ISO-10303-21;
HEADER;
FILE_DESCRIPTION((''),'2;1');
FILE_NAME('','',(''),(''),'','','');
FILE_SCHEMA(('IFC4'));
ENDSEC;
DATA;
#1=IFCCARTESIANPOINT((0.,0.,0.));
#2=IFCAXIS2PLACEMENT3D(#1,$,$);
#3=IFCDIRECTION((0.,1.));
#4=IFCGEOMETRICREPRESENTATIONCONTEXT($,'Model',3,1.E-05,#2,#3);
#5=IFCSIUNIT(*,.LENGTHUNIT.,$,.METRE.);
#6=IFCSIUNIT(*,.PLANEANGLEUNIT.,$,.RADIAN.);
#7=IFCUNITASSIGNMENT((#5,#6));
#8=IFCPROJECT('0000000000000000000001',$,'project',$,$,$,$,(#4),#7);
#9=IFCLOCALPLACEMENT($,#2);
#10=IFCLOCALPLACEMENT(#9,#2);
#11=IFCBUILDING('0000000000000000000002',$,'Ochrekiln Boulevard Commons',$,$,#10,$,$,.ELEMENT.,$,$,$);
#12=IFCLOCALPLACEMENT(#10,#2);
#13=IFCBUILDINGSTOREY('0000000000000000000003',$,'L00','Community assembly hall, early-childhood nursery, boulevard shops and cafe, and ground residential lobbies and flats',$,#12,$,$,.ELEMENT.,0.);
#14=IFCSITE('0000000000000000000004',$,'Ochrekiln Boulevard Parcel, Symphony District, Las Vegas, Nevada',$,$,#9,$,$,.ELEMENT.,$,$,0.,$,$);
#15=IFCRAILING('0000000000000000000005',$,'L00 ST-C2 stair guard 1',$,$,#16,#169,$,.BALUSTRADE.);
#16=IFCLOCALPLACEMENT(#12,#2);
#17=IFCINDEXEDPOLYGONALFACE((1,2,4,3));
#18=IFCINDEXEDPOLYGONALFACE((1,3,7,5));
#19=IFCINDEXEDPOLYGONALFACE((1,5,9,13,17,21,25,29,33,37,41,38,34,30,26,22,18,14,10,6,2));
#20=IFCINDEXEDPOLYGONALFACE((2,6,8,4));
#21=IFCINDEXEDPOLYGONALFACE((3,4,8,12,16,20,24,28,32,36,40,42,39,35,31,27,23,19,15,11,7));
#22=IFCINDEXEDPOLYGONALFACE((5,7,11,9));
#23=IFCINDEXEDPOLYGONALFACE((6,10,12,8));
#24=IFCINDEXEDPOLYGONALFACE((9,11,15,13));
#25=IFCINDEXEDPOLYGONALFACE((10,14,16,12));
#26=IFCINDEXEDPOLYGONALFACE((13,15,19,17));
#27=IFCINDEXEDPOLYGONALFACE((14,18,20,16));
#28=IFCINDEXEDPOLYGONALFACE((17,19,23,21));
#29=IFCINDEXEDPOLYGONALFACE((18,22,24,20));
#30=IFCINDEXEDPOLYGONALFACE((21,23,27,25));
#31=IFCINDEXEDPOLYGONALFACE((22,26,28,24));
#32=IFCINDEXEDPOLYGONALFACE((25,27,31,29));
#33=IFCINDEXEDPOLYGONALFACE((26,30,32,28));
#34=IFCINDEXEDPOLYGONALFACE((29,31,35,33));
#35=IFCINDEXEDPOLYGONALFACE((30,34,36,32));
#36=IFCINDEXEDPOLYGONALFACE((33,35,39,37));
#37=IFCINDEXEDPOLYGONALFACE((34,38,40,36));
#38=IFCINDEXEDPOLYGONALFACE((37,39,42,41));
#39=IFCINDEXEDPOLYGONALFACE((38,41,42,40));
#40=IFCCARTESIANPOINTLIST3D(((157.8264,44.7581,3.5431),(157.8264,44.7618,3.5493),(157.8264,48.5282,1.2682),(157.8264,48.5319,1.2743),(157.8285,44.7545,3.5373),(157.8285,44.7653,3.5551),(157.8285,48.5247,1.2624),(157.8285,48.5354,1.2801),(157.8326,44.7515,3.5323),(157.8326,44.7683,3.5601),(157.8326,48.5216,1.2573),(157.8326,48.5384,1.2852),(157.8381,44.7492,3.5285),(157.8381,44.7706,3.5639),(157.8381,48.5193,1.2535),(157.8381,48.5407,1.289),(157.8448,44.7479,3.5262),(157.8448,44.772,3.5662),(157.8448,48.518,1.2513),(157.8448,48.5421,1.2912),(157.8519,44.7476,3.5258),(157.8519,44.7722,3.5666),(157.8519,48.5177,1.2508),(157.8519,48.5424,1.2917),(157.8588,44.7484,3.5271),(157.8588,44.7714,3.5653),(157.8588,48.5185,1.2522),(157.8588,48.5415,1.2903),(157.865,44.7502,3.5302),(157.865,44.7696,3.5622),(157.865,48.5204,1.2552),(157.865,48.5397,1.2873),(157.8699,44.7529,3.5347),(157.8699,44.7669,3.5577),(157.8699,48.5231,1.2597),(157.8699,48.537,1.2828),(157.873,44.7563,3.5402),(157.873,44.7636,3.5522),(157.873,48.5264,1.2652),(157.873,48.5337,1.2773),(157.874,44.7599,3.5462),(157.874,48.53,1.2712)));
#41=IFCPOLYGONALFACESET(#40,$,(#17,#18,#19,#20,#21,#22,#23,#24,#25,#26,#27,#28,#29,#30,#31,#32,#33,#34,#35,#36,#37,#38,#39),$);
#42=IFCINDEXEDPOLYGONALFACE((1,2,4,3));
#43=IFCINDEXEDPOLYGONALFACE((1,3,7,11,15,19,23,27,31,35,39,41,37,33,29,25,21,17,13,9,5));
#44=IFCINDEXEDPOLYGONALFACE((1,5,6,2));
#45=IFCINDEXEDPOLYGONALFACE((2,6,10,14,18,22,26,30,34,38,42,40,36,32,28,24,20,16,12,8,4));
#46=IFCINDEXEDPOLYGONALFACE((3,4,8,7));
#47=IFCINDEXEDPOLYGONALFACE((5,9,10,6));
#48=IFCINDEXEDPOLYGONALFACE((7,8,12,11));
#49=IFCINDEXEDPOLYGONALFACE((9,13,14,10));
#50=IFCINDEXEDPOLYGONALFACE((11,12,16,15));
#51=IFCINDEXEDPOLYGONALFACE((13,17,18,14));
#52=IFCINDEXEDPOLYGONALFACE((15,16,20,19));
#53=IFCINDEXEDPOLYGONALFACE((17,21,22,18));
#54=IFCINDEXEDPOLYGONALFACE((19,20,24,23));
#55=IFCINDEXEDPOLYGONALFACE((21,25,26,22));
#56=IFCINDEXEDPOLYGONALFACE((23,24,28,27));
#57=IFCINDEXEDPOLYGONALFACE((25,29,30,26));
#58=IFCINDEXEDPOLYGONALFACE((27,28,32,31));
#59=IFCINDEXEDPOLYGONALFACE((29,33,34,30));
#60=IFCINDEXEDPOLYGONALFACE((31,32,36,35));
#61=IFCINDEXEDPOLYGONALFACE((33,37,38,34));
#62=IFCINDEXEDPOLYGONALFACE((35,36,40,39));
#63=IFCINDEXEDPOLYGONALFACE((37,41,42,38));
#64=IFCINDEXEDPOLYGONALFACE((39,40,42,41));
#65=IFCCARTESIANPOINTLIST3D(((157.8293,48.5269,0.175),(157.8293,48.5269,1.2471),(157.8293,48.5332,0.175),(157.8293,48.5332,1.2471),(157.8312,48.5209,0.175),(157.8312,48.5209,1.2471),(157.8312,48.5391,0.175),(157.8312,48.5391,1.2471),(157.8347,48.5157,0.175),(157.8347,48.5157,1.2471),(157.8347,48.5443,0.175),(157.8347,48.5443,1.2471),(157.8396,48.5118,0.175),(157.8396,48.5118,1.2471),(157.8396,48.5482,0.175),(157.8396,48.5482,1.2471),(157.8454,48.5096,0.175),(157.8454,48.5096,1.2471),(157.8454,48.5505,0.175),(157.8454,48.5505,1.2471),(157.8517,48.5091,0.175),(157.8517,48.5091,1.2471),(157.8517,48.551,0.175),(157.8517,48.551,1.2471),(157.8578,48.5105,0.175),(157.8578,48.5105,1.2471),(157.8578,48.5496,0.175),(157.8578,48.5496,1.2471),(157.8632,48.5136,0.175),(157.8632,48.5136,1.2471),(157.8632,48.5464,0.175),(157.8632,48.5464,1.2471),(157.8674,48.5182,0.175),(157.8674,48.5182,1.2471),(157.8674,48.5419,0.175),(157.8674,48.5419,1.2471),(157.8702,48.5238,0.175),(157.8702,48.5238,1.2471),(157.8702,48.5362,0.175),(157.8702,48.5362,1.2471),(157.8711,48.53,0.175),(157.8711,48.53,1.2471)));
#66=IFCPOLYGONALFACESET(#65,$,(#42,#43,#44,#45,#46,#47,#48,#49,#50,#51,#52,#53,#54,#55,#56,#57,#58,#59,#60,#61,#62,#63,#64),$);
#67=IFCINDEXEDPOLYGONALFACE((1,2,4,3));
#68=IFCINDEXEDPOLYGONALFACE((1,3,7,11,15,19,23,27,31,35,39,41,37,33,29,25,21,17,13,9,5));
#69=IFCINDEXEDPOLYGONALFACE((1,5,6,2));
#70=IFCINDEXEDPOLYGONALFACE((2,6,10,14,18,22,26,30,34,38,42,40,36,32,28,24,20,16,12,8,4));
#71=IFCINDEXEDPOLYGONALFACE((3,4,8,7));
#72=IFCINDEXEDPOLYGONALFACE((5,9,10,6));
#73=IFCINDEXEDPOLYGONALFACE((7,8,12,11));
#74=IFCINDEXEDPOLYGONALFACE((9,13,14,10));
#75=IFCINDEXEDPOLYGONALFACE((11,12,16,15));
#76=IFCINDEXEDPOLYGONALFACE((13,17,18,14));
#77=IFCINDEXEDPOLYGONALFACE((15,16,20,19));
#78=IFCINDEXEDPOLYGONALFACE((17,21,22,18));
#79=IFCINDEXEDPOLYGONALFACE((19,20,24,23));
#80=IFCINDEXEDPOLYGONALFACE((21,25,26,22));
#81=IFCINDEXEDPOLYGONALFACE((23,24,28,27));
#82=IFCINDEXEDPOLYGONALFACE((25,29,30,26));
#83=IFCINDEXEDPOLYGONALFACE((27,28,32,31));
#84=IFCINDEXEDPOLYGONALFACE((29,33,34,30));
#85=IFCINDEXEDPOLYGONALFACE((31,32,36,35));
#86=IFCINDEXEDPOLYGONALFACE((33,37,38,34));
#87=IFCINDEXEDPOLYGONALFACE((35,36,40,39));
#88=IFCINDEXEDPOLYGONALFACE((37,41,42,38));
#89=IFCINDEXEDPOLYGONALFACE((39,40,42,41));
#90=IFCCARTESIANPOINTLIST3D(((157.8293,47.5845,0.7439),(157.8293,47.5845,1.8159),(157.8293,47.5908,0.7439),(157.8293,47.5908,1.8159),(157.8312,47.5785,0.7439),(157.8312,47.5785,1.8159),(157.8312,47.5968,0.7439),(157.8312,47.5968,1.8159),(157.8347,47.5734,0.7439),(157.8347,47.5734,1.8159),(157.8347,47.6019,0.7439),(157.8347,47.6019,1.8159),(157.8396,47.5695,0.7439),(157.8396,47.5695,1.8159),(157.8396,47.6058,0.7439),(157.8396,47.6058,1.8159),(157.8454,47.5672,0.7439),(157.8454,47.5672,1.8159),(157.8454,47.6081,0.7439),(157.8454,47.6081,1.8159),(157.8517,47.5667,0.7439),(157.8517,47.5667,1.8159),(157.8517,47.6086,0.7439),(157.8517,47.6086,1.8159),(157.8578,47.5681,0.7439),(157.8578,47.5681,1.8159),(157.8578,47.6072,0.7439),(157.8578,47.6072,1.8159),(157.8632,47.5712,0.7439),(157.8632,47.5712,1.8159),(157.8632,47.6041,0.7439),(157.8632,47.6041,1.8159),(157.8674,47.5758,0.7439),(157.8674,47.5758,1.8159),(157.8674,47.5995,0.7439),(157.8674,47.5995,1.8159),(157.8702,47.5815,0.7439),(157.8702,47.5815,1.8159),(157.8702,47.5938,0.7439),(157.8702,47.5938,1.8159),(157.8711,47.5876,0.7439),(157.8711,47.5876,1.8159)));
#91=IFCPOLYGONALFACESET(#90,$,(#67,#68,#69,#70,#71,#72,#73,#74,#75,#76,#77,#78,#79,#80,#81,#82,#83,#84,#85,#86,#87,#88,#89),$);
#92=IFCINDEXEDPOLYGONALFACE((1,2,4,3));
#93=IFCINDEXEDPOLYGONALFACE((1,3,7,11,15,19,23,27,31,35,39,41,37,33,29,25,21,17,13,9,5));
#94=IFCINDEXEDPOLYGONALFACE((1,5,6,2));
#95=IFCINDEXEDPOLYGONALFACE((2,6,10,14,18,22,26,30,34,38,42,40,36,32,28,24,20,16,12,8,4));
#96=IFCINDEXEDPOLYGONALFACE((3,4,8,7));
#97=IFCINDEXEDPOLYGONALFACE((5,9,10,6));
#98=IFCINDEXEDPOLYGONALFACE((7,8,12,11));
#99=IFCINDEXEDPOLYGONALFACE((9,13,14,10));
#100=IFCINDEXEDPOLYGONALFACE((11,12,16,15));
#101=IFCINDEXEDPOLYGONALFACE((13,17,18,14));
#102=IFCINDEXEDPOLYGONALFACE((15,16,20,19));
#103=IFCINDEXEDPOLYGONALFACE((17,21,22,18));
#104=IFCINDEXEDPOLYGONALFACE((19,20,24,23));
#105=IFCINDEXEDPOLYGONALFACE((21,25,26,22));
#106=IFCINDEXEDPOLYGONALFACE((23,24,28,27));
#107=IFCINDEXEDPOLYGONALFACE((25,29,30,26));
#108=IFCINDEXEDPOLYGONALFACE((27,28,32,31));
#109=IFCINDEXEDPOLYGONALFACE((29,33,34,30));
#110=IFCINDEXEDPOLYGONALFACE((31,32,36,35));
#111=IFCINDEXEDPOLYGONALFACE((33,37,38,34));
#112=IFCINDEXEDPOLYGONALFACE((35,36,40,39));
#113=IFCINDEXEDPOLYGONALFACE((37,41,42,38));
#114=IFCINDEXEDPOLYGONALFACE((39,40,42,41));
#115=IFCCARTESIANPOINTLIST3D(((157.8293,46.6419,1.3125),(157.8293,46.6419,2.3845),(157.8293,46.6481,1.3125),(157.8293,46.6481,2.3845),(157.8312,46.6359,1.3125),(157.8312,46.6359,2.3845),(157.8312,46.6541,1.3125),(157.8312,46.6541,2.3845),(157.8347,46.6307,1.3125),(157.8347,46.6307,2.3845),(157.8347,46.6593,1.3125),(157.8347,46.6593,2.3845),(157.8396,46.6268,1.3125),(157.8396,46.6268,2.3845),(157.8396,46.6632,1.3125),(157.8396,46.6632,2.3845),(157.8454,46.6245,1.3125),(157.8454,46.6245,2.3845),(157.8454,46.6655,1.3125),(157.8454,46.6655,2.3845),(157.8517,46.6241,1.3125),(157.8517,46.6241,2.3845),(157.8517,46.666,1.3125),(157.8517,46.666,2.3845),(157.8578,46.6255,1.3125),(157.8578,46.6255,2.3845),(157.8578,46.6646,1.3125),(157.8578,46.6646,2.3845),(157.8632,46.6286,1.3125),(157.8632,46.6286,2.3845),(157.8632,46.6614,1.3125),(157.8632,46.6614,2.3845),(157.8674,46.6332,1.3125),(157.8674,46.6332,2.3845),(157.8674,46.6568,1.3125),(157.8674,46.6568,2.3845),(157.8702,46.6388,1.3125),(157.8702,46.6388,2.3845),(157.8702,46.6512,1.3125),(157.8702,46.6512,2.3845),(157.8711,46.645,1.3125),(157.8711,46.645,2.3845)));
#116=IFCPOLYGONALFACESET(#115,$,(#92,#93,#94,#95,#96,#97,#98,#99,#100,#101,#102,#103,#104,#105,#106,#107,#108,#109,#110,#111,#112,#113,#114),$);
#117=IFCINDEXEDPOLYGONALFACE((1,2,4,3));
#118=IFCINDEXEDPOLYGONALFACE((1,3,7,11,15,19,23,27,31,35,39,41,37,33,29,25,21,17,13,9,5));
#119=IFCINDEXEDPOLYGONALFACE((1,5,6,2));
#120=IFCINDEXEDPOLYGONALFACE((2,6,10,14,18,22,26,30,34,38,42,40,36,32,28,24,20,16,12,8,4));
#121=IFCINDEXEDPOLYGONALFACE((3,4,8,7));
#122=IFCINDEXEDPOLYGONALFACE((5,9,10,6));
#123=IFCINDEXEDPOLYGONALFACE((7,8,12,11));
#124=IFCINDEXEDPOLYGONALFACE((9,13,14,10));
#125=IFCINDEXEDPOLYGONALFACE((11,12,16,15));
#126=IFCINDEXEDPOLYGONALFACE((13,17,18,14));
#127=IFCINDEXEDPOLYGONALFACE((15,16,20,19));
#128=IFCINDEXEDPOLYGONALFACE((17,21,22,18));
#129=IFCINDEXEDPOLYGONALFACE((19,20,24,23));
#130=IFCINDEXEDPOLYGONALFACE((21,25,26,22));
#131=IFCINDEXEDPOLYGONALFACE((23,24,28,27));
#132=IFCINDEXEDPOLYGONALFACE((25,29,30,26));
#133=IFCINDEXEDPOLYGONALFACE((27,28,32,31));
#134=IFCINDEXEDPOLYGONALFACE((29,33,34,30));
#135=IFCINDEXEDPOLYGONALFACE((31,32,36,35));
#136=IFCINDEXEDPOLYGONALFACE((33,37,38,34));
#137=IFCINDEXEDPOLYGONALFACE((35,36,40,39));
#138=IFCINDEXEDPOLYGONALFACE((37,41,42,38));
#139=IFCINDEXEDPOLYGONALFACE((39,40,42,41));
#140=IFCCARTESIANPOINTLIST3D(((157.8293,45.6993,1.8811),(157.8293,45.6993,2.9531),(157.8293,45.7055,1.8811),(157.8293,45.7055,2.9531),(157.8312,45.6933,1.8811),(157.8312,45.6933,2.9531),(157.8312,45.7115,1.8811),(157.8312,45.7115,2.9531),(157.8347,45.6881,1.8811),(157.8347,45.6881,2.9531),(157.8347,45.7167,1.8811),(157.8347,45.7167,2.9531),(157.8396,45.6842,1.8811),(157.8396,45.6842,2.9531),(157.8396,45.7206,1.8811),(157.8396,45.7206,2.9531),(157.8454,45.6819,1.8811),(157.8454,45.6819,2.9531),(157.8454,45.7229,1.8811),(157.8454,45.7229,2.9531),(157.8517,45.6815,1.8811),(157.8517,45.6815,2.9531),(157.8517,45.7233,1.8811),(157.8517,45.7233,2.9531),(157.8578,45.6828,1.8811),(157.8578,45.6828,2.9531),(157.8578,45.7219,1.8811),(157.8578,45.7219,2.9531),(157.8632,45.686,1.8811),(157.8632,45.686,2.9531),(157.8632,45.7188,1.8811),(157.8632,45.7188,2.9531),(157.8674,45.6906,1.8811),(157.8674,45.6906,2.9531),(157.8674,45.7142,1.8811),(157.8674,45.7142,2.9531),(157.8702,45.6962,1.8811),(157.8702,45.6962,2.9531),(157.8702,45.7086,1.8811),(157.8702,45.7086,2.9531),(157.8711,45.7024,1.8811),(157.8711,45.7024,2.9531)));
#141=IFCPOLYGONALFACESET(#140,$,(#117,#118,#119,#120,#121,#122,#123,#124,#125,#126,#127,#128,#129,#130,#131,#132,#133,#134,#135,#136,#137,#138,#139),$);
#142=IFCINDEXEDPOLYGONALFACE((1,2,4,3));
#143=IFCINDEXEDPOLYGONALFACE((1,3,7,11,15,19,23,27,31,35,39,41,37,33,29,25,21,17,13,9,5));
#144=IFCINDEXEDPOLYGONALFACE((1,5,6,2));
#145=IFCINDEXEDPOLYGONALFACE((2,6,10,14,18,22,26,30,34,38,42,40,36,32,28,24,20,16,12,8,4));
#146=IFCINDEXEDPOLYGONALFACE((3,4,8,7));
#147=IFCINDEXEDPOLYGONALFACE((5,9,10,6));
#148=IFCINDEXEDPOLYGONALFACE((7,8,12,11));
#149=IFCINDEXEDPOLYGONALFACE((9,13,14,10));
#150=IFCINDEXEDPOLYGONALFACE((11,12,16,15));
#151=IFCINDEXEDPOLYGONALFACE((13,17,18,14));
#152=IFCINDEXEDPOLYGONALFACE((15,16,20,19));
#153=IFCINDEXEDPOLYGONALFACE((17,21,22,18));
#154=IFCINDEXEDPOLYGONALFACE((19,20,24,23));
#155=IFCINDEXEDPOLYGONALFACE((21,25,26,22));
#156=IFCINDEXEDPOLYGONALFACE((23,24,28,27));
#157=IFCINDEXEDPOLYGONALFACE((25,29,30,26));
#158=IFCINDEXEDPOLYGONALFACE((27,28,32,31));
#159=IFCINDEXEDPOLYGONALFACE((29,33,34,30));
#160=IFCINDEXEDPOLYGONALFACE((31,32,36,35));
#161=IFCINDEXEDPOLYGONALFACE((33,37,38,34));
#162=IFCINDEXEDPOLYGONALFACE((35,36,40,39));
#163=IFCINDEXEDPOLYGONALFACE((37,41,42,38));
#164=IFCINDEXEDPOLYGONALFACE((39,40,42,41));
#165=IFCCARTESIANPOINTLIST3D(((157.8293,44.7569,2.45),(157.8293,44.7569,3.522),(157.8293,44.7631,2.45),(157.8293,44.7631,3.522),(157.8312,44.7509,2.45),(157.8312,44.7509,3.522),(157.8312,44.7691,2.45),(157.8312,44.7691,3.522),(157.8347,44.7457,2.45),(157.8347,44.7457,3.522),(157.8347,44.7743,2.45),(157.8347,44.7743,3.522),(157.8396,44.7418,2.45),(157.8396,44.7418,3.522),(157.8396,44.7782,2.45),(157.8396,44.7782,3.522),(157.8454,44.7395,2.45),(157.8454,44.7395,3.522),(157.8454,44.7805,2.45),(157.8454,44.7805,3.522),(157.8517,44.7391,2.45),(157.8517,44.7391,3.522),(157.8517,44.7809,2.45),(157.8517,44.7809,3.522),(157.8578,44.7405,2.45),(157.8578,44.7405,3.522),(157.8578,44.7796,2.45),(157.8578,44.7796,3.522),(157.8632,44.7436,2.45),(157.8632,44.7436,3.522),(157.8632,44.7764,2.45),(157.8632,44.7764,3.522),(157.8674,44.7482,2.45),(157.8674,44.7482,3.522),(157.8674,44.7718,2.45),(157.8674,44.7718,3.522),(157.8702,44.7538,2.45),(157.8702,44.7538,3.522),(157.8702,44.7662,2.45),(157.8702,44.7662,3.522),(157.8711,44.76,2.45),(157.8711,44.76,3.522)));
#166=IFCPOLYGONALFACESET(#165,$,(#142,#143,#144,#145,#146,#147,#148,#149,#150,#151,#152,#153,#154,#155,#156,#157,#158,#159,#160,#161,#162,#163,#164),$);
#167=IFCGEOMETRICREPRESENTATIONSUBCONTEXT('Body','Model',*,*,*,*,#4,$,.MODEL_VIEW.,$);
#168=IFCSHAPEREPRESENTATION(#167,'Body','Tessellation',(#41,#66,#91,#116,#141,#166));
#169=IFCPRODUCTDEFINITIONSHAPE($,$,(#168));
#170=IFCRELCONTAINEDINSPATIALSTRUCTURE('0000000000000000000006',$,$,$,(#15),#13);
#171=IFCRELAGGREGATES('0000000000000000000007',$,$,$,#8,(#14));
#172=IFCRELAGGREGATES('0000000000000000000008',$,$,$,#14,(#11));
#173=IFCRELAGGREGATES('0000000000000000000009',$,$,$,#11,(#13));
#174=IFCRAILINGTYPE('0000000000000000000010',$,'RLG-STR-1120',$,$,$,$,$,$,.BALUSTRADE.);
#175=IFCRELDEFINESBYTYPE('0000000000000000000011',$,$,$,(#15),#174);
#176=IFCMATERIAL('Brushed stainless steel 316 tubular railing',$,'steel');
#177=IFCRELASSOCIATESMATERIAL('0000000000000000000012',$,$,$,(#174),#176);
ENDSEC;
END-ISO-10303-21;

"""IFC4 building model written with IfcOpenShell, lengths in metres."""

from ifc_helpers import new_model, si_unit, direction, frame, origin, origin_2d, place, context, subcontext, project, spatial, circle, extrude, material, type_object, element, save


model = new_model("IFC4")

# Units and contexts
model_context = context("Model", 3, precision=1e-05, world=origin(), true_north=direction((0.0, 1.0)))
body_context = subcontext(model_context, "Body", "Model", "MODEL_VIEW")
ifc_project = project(units=[si_unit("LENGTHUNIT", "METRE"), si_unit("PLANEANGLEUNIT", "RADIAN")], contexts=[model_context])

# Site, building, storey
site_placement = place(None, origin())
site = spatial("IfcSite", under=ifc_project, at=site_placement, Name="Ochrekiln Boulevard Parcel, Symphony District, Las Vegas, Nevada", CompositionType="ELEMENT", RefElevation=0.0)
building_placement = place(site_placement, origin())
building = spatial("IfcBuilding", under=site, at=building_placement, Name="Ochrekiln Boulevard Commons", CompositionType="ELEMENT")
storey_placement = place(building_placement, origin())
storey = spatial("IfcBuildingStorey", under=building, at=storey_placement, Name="L00", Description="Community assembly hall, early-childhood nursery, boulevard shops and cafe, and ground residential lobbies and flats", CompositionType="ELEMENT", Elevation=0.0)

# Railing
ifc_material_1 = material(Name="Brushed stainless steel 316 tubular railing", Category="steel")
railing_type_1 = type_object("IfcRailingType", Name="RLG-STR-1120", PredefinedType="BALUSTRADE", material=ifc_material_1)
railing_1_placement = place(storey_placement, frame((157.8501, 48.53, 0.175)))
element("IfcRailing", 1, at=railing_1_placement, inside=storey, type_object=railing_type_1, Name="L00 ST-C2 stair guard 1", PredefinedType="BALUSTRADE", context=body_context, shape_type="SweptSolid", body=[
    extrude(circle(Radius=0.0239, at=origin_2d()), frame((0.0, 0.0, 1.0962), z_axis=(0.0, -0.856199, 0.516647), x_axis=(1.0, 0.0, 0.0)), (0.0, 0.0, 1.0), 4.4033),
    extrude(circle(Radius=0.021, at=origin_2d()), origin(), (0.0, 0.0, 1.0), 1.072),
    extrude(circle(Radius=0.021, at=origin_2d()), frame((0.0, -0.9424, 0.5688)), (0.0, 0.0, 1.0), 1.072),
    extrude(circle(Radius=0.021, at=origin_2d()), frame((0.0, -1.885, 1.1375)), (0.0, 0.0, 1.0), 1.072),
    extrude(circle(Radius=0.021, at=origin_2d()), frame((0.0, -2.8276, 1.7061)), (0.0, 0.0, 1.0), 1.072),
    extrude(circle(Radius=0.021, at=origin_2d()), frame((0.0, -3.77, 2.2749)), (0.0, 0.0, 1.0), 1.072),
])

save(model, "model.ifc")
